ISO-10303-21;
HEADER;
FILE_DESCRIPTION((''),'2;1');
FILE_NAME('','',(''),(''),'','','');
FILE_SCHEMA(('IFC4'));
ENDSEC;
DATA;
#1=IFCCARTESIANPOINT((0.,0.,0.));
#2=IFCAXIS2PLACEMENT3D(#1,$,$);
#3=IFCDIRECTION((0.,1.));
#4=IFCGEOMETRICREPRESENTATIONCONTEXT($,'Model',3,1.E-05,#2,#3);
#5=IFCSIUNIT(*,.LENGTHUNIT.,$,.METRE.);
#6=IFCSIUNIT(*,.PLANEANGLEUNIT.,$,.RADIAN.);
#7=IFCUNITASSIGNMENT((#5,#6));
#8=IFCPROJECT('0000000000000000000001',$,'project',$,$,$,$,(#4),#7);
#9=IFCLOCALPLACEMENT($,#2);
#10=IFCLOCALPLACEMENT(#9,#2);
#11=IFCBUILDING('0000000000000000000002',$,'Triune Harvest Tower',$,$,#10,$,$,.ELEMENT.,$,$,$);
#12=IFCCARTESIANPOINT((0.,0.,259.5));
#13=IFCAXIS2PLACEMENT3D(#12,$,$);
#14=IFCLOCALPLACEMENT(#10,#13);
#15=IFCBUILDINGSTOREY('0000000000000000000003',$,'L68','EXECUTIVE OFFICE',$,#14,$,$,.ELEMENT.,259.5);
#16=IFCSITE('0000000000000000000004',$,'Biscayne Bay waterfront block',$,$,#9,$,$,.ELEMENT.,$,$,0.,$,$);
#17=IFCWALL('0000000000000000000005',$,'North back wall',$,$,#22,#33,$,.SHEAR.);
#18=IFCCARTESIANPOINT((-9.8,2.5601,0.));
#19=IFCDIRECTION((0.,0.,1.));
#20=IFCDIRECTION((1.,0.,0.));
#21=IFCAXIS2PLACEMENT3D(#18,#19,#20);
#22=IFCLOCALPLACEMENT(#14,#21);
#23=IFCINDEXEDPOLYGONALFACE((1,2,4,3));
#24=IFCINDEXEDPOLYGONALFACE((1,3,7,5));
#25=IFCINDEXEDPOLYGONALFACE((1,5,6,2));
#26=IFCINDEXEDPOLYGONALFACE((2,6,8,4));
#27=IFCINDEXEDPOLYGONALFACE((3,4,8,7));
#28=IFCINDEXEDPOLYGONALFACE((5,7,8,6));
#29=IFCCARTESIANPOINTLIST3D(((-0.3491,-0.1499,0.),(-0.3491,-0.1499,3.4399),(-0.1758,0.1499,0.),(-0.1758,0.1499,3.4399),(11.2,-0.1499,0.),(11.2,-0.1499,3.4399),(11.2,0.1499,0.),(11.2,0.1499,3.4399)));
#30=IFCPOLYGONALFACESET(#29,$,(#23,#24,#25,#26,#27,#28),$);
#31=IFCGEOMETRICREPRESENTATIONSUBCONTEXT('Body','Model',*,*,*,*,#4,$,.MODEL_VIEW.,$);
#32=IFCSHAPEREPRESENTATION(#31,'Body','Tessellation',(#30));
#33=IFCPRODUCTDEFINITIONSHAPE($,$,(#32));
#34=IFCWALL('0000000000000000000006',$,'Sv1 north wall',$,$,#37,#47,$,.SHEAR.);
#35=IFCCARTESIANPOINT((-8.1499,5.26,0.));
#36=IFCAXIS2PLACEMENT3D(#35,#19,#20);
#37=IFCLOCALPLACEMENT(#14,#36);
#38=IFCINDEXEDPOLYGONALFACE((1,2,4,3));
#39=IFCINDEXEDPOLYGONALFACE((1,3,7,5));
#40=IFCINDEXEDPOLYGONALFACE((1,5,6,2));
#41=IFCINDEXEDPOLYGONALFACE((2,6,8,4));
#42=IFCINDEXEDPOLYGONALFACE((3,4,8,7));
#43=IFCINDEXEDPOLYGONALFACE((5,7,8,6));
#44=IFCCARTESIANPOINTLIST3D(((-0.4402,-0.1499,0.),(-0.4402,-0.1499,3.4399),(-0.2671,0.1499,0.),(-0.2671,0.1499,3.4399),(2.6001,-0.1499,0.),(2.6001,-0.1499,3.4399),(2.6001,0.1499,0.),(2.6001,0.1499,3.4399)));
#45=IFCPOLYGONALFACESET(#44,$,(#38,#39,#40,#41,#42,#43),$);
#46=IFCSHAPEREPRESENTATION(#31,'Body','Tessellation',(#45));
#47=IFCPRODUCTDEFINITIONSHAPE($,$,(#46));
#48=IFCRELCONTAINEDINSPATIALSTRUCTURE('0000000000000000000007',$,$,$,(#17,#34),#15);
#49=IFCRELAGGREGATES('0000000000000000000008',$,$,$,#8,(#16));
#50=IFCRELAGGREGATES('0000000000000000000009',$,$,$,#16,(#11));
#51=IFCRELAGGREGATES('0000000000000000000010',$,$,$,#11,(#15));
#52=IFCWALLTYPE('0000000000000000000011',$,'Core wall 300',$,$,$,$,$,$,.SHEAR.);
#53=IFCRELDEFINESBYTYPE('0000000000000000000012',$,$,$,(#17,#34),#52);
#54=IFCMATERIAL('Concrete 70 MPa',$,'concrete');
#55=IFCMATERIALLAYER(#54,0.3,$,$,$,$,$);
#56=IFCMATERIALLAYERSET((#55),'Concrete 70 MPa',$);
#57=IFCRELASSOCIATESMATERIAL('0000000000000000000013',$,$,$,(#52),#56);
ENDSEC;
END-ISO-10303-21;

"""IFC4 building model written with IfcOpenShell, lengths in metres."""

from ifc_helpers import new_model, si_unit, direction, frame, origin, place, context, subcontext, project, spatial, polyline, outline, extrude, source, transform, mapped, material, layer, layer_set, type_object, element, save


model = new_model("IFC4")

# Units and contexts
model_context = context("Model", 3, precision=1e-05, world=origin(), true_north=direction((0.0, 1.0)))
body_context = subcontext(model_context, "Body", "Model", "MODEL_VIEW")
ifc_project = project(units=[si_unit("LENGTHUNIT", "METRE"), si_unit("PLANEANGLEUNIT", "RADIAN")], contexts=[model_context])

# Site, building, storey
site_placement = place(None, origin())
site = spatial("IfcSite", under=ifc_project, at=site_placement, Name="Biscayne Bay waterfront block", CompositionType="ELEMENT", RefElevation=0.0)
building_placement = place(site_placement, origin())
building = spatial("IfcBuilding", under=site, at=building_placement, Name="Triune Harvest Tower", CompositionType="ELEMENT")
storey_placement = place(building_placement, frame((0.0, 0.0, 259.5)))
storey = spatial("IfcBuildingStorey", under=building, at=storey_placement, Name="L68", Description="EXECUTIVE OFFICE", CompositionType="ELEMENT", Elevation=259.5)

# Shared definitions
ifc_material_1 = material(Name="Concrete 70 MPa", Category="concrete")
ifc_layer_1 = layer(ifc_material_1, 0.3)
ifc_layer_set_1 = layer_set([ifc_layer_1], Name="Concrete 70 MPa")
wall_type_1 = type_object("IfcWallType", Name="Core wall 300", PredefinedType="SHEAR", material=ifc_layer_set_1)

# Walls
shared_shape_1 = source(origin(), body_context, "Body", "SweptSolid", [
    extrude(outline(polyline([(11.2, -0.1499), (-0.3491, -0.1499), (-0.1758, 0.1499), (11.2, 0.1499), (11.2, -0.1499)])), origin(), (0.0, 0.0, 1.0), 3.4399),
])
wall_1_placement = place(storey_placement, frame((-9.8, 2.5601, 0.0), z_axis=(0.0, 0.0, 1.0), x_axis=(1.0, 0.0, 0.0)))
element("IfcWall", 1, at=wall_1_placement, inside=storey, type_object=wall_type_1, Name="North back wall", PredefinedType="SHEAR", context=body_context, shape_type="MappedRepresentation", body=[
    mapped(shared_shape_1, transform((0.0, 0.0, 0.0), scale=1.0)),
])
shared_shape_2 = source(origin(), body_context, "Body", "SweptSolid", [
    extrude(outline(polyline([(2.6001, -0.1499), (-0.4402, -0.1499), (-0.2671, 0.1499), (2.6001, 0.1499), (2.6001, -0.1499)])), origin(), (0.0, 0.0, 1.0), 3.4399),
])
wall_2_placement = place(storey_placement, frame((-8.1499, 5.26, 0.0), z_axis=(0.0, 0.0, 1.0), x_axis=(1.0, 0.0, 0.0)))
element("IfcWall", 2, at=wall_2_placement, inside=storey, type_object=wall_type_1, Name="Sv1 north wall", PredefinedType="SHEAR", context=body_context, shape_type="MappedRepresentation", body=[
    mapped(shared_shape_2, transform((0.0, 0.0, 0.0), scale=1.0)),
])

save(model, "model.ifc")
